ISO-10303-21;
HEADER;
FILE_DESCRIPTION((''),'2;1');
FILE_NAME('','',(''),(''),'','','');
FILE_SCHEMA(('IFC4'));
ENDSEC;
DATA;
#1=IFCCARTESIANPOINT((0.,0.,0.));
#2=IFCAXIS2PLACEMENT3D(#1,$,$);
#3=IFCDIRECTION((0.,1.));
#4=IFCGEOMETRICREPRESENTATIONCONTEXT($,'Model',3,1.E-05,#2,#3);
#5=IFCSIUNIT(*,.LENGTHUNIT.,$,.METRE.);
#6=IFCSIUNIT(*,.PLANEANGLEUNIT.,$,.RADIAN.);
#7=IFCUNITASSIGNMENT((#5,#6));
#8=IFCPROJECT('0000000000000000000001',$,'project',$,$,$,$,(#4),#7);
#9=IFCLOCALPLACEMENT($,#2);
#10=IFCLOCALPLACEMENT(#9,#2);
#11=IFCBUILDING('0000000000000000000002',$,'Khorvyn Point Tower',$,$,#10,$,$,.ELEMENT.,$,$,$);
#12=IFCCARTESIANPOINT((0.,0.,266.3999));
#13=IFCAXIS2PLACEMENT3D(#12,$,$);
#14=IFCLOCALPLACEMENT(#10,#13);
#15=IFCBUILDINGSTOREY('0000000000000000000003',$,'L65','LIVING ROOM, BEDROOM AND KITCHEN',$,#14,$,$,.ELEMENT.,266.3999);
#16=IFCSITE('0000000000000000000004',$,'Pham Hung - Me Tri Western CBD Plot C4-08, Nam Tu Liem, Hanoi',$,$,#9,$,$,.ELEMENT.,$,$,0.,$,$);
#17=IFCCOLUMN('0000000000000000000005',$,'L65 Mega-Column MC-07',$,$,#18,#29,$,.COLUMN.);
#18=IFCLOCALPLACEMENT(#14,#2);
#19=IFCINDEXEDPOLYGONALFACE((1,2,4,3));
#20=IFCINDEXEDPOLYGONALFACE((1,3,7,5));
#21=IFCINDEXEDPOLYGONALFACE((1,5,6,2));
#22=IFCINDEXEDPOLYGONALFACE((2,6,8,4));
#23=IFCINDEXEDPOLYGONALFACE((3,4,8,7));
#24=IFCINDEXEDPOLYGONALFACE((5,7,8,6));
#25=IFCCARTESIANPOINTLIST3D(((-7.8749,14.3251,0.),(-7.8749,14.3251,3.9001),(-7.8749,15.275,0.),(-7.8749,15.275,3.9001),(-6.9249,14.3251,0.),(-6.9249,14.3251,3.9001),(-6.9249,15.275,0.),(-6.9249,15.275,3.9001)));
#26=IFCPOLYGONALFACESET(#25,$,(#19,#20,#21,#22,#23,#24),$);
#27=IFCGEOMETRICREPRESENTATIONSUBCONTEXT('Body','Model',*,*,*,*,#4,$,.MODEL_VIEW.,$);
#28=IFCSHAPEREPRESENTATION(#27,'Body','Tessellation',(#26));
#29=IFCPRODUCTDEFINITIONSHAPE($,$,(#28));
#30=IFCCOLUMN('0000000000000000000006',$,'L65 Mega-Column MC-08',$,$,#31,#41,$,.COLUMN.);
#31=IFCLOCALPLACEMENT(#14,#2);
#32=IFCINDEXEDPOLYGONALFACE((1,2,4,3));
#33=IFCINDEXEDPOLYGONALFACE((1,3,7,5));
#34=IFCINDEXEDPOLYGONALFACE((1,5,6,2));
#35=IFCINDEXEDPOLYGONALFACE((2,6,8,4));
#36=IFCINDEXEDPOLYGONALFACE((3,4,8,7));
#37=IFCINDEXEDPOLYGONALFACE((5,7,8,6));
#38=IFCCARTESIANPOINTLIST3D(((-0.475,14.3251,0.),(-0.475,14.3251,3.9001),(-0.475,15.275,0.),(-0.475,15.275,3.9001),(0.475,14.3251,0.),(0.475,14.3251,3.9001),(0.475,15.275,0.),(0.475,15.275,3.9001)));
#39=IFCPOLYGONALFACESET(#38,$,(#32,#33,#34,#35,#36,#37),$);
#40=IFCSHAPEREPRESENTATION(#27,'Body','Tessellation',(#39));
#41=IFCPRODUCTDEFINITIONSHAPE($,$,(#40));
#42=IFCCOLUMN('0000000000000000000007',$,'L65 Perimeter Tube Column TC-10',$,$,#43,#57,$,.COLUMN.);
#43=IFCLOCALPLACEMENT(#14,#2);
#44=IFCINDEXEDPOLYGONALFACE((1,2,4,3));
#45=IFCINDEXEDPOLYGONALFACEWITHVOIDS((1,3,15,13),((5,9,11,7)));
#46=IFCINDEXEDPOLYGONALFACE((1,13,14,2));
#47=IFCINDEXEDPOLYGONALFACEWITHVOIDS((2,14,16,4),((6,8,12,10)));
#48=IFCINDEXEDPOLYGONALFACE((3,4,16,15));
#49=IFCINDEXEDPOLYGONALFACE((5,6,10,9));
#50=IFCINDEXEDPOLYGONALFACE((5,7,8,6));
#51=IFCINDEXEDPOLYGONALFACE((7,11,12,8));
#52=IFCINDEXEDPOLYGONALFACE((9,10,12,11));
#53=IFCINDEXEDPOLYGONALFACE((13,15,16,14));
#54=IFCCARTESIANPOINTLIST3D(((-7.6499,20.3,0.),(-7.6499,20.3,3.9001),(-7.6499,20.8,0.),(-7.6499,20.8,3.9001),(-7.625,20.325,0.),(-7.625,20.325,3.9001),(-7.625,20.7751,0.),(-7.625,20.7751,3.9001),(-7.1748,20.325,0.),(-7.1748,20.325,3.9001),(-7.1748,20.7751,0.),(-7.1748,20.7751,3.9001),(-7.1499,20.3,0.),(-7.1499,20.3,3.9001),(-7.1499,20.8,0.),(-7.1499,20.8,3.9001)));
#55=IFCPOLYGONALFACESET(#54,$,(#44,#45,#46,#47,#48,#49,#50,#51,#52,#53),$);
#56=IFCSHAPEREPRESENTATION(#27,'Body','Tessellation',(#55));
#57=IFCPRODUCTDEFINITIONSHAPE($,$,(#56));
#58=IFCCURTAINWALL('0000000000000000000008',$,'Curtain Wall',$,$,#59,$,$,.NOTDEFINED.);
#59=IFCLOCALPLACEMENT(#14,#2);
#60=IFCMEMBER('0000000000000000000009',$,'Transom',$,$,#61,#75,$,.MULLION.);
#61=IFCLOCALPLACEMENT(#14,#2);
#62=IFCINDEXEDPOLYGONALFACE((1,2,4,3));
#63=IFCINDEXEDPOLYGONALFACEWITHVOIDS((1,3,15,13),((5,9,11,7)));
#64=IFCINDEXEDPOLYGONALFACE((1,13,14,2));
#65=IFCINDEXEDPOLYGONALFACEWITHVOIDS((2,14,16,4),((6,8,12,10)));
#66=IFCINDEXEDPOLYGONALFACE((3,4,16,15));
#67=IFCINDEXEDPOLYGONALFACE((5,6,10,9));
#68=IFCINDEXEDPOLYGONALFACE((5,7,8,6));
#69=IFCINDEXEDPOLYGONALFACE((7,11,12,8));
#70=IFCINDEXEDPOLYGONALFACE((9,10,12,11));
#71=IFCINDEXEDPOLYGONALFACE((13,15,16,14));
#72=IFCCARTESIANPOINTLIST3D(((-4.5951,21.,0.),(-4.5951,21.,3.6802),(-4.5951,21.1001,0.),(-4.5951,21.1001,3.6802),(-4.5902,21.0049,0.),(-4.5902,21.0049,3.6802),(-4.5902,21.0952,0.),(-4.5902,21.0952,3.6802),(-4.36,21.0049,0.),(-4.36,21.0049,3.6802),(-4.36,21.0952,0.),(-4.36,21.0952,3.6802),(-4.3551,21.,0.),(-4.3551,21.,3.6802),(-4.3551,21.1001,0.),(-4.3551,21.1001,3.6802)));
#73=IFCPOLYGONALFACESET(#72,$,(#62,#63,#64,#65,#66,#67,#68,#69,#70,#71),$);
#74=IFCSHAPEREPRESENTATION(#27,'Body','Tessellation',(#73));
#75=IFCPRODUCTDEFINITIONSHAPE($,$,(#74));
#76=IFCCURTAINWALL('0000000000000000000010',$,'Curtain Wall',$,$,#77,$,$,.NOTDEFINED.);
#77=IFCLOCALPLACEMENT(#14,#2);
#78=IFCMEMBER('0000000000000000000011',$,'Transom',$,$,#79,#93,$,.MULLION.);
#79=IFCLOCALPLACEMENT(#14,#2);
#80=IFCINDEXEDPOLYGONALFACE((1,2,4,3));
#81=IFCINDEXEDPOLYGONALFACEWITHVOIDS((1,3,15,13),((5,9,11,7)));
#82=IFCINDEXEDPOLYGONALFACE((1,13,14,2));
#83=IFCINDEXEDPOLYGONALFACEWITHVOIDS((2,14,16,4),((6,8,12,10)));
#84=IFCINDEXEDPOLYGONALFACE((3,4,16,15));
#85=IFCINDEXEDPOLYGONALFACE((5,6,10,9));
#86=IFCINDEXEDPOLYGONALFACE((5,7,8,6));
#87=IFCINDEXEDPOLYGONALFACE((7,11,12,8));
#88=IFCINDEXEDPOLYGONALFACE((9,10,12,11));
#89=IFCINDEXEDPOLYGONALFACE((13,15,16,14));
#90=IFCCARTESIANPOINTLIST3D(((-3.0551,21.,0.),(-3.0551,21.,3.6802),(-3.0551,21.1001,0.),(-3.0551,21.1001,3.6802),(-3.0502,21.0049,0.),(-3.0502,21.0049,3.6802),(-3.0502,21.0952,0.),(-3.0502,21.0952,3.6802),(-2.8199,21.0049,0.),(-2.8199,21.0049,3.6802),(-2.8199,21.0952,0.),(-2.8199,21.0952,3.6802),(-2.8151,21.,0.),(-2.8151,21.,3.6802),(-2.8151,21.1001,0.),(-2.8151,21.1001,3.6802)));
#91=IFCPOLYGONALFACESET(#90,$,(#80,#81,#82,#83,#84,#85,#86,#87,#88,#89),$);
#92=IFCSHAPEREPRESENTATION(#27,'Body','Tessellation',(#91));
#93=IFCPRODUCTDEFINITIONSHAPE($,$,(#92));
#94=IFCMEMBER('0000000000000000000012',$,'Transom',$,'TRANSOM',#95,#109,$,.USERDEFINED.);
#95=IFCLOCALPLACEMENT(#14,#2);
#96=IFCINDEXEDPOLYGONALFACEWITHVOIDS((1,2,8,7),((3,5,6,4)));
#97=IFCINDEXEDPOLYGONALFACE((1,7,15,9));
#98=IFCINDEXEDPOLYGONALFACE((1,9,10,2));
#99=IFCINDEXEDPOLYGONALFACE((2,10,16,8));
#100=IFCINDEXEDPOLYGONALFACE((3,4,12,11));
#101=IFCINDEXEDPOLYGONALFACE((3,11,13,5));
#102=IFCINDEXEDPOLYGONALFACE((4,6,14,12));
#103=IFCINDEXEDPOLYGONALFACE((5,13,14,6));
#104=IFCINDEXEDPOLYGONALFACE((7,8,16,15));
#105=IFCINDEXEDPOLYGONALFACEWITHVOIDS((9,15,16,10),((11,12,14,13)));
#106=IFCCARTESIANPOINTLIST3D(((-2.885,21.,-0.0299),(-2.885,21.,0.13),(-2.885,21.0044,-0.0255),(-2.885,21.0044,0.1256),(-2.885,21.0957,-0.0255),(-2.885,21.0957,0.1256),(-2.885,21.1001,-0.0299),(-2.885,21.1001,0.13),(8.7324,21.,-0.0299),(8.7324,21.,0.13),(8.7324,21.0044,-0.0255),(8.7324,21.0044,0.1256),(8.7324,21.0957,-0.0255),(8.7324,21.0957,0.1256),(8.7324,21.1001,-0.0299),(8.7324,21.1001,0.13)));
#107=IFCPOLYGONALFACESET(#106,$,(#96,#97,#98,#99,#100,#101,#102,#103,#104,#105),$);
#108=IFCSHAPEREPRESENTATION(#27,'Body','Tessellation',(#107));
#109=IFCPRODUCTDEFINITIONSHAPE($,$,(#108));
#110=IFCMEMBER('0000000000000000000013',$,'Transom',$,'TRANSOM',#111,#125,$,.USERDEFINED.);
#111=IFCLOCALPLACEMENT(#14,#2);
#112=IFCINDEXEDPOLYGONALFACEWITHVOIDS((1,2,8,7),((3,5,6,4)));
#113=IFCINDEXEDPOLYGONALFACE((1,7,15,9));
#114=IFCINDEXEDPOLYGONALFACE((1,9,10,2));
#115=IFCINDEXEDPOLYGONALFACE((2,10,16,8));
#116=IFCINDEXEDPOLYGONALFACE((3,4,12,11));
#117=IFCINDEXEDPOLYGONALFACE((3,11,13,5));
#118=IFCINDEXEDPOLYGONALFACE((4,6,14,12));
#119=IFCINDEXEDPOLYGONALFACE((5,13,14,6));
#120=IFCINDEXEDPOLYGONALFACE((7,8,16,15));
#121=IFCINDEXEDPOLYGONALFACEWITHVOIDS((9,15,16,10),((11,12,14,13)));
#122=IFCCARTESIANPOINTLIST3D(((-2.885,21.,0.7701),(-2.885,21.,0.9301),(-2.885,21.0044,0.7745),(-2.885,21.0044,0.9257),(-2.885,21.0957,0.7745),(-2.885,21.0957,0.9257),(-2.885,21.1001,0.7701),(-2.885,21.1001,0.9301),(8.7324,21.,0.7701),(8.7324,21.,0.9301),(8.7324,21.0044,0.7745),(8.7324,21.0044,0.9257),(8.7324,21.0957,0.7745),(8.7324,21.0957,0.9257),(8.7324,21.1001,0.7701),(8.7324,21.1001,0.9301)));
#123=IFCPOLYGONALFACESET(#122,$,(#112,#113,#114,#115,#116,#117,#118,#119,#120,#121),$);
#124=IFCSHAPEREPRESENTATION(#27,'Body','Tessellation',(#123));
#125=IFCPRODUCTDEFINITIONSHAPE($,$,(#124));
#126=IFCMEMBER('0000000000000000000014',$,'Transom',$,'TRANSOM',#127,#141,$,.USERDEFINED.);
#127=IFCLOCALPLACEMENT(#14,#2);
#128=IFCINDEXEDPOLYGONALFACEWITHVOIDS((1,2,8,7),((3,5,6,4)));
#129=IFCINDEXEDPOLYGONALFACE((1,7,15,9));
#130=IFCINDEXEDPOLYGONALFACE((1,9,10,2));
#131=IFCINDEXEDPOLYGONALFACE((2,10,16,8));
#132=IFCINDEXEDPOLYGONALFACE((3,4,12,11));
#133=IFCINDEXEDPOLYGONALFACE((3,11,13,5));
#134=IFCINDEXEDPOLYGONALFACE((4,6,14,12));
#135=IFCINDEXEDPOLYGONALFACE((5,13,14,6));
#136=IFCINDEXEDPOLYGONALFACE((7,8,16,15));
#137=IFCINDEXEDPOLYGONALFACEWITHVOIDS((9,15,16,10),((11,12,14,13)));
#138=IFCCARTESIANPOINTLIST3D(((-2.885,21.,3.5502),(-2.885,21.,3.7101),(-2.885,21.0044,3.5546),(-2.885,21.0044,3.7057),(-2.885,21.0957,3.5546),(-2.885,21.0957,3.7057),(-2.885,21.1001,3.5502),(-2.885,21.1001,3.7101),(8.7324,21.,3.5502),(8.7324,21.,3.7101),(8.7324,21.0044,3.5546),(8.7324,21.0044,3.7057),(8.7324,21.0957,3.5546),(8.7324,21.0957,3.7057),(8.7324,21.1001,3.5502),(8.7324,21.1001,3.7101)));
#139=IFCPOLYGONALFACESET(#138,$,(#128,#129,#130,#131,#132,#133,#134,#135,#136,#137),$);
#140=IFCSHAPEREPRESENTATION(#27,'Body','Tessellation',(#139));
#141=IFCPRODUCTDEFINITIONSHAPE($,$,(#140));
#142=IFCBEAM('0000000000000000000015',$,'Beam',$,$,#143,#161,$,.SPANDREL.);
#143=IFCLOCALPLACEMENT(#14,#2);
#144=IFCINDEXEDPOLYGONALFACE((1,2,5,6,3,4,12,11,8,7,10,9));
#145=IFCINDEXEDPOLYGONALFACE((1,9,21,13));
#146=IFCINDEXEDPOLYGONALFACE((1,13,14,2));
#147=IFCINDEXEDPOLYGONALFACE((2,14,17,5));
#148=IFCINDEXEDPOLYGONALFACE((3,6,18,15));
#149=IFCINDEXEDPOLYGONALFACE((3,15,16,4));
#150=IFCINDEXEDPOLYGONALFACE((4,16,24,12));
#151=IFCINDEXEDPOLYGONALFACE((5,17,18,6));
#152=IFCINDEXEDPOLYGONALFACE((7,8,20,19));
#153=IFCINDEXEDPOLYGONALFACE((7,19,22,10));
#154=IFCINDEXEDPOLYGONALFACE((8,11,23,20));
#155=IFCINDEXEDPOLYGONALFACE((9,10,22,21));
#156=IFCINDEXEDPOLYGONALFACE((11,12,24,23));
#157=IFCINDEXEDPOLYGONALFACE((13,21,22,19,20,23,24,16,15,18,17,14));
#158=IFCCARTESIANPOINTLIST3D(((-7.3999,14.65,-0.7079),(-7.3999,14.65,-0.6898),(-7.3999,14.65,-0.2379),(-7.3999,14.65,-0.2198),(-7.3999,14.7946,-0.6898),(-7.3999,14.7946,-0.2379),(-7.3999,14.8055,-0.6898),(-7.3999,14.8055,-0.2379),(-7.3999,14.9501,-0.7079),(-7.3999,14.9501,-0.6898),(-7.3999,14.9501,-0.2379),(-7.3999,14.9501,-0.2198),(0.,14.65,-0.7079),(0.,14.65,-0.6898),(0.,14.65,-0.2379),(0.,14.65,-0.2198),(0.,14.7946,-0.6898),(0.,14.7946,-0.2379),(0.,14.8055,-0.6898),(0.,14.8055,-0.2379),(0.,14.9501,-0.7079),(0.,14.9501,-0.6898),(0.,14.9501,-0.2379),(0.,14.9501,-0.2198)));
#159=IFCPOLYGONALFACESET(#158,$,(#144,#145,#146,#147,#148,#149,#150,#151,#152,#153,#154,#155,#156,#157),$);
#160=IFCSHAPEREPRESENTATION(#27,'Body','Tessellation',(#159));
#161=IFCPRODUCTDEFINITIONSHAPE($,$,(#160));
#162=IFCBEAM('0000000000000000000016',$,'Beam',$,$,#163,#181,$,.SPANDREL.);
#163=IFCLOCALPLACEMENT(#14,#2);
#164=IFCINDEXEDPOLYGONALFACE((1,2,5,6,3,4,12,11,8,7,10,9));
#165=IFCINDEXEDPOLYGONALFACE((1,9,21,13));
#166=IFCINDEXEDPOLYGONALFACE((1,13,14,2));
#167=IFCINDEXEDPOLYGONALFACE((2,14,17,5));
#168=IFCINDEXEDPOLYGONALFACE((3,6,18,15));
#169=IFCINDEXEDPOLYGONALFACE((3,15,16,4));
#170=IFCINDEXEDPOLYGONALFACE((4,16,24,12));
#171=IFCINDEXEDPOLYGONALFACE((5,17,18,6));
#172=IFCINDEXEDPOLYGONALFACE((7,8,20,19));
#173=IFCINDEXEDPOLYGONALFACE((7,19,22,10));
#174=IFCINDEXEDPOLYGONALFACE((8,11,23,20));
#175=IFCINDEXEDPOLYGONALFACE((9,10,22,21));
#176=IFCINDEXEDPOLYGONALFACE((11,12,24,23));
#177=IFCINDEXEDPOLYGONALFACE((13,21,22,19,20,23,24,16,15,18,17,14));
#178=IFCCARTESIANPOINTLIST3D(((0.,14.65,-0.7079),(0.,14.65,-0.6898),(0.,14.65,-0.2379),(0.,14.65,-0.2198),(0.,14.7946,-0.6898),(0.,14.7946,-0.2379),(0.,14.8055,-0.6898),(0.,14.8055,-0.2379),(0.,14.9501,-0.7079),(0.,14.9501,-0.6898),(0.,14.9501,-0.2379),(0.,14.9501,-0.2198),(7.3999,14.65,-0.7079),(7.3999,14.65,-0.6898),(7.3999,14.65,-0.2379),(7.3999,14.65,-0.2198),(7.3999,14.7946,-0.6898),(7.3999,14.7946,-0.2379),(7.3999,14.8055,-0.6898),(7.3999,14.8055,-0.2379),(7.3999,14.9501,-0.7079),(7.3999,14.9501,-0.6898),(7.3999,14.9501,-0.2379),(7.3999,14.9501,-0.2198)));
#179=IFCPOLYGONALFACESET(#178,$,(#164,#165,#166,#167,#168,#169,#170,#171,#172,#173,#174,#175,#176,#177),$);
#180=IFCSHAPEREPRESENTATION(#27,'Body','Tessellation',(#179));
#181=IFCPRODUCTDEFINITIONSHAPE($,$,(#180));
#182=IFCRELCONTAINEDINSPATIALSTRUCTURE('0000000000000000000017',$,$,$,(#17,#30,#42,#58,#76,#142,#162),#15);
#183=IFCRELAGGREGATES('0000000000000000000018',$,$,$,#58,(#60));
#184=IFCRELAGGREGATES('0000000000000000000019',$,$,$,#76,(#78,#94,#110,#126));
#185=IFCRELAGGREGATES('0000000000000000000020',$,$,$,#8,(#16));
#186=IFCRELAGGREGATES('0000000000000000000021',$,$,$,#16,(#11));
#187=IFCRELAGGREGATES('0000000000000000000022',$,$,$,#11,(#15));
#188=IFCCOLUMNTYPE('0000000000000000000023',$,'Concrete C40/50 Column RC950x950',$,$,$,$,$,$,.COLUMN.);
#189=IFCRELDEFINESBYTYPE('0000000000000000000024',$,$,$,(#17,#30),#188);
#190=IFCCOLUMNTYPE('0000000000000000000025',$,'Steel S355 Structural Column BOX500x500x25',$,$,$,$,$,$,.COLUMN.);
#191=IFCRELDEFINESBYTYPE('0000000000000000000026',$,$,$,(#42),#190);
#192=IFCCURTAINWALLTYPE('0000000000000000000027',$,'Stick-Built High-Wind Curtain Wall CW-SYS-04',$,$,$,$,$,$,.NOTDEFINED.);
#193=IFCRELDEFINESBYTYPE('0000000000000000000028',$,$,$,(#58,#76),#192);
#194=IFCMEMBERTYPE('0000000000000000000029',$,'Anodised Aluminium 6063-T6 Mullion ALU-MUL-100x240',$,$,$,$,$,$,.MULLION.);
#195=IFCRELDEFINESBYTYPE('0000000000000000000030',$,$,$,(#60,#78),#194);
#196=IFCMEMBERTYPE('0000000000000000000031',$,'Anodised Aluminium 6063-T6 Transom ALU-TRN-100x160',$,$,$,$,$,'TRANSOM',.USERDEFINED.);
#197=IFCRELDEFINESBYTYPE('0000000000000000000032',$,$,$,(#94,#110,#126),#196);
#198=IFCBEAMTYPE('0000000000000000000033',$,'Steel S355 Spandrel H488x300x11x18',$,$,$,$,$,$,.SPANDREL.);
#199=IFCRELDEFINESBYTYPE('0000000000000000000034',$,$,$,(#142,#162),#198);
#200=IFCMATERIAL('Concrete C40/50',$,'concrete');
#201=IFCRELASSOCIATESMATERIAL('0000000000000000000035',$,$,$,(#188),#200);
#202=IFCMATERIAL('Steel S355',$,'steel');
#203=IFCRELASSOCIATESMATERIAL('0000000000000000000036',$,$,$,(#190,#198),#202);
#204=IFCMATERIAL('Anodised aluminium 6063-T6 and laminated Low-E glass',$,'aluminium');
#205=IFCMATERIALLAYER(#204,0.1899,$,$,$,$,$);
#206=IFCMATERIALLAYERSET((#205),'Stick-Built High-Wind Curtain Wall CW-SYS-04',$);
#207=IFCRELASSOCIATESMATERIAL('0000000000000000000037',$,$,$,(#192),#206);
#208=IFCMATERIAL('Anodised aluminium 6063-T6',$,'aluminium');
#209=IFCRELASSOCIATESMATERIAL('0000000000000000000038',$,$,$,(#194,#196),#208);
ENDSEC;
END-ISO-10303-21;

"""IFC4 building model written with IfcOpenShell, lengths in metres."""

from ifc_helpers import new_model, si_unit, direction, frame, origin, origin_2d, place, context, subcontext, project, spatial, rectangle, hollow_rectangle, i_section, extrude, material, layer, layer_set, material_profile, profile_set, type_object, element, aggregate, save


model = new_model("IFC4")

# Units and contexts
model_context = context("Model", 3, precision=1e-05, world=origin(), true_north=direction((0.0, 1.0)))
body_context = subcontext(model_context, "Body", "Model", "MODEL_VIEW")
ifc_project = project(units=[si_unit("LENGTHUNIT", "METRE"), si_unit("PLANEANGLEUNIT", "RADIAN")], contexts=[model_context])

# Site, building, storey
site_placement = place(None, origin())
site = spatial("IfcSite", under=ifc_project, at=site_placement, Name="Pham Hung - Me Tri Western CBD Plot C4-08, Nam Tu Liem, Hanoi", CompositionType="ELEMENT", RefElevation=0.0)
building_placement = place(site_placement, origin())
building = spatial("IfcBuilding", under=site, at=building_placement, Name="Khorvyn Point Tower", CompositionType="ELEMENT")
storey_placement = place(building_placement, frame((0.0, 0.0, 266.3999)))
storey = spatial("IfcBuildingStorey", under=building, at=storey_placement, Name="L65", Description="LIVING ROOM, BEDROOM AND KITCHEN", CompositionType="ELEMENT", Elevation=266.3999)

# Columns
ifc_material_1 = material(Name="Concrete C40/50", Category="concrete")
ifc_material_profile_1 = material_profile(ifc_material_1, rectangle(XDim=0.95, YDim=0.95, at=origin_2d()))
ifc_profile_set_1 = profile_set([ifc_material_profile_1], Name="Concrete C40/50 RC950x950")
column_type_1 = type_object("IfcColumnType", Name="Concrete C40/50 Column RC950x950", PredefinedType="COLUMN", material=ifc_profile_set_1)
for number, where, z_axis, x_axis, name in (
    (1, (-7.3999, 14.8, 0.0), (0.0, 0.0, 1.0), (1.0, 0.0, 0.0), "L65 Mega-Column MC-07"),
    (2, (0.0, 14.8, 0.0), (0.0, 0.0, 1.0), (1.0, 0.0, 0.0), "L65 Mega-Column MC-08"),
):
    element("IfcColumn", number, at=place(storey_placement, frame(where, z_axis=z_axis, x_axis=x_axis)), inside=storey, type_object=column_type_1, Name=name, PredefinedType="COLUMN", context=body_context, shape_type="SweptSolid", body=[
        extrude(rectangle(XDim=0.95, YDim=0.95, at=origin_2d()), origin(), (0.0, 0.0, 1.0), 3.9001),
    ])
ifc_material_2 = material(Name="Steel S355", Category="steel")
ifc_material_profile_2 = material_profile(ifc_material_2, hollow_rectangle(XDim=0.5, YDim=0.5, WallThickness=0.0249, at=origin_2d()))
ifc_profile_set_2 = profile_set([ifc_material_profile_2], Name="Steel S355 BOX500x500x25")
column_type_2 = type_object("IfcColumnType", Name="Steel S355 Structural Column BOX500x500x25", PredefinedType="COLUMN", material=ifc_profile_set_2)
column_placement = place(storey_placement, frame((-7.3999, 20.55, 0.0), z_axis=(0.0, 0.0, 1.0), x_axis=(1.0, 0.0, 0.0)))
element("IfcColumn", 3, at=column_placement, inside=storey, type_object=column_type_2, Name="L65 Perimeter Tube Column TC-10", PredefinedType="COLUMN", context=body_context, shape_type="SweptSolid", body=[
    extrude(hollow_rectangle(XDim=0.5, YDim=0.5, WallThickness=0.0249, at=origin_2d()), origin(), (0.0, 0.0, 1.0), 3.9001),
])

# Curtain wall, member
ifc_material_3 = material(Name="Anodised aluminium 6063-T6 and laminated Low-E glass", Category="aluminium")
ifc_layer_1 = layer(ifc_material_3, 0.1899)
ifc_layer_set_1 = layer_set([ifc_layer_1], Name="Stick-Built High-Wind Curtain Wall CW-SYS-04")
curtain_wall_type = type_object("IfcCurtainWallType", Name="Stick-Built High-Wind Curtain Wall CW-SYS-04", PredefinedType="NOTDEFINED", material=ifc_layer_set_1)
curtain_wall_1_placement = place(storey_placement, origin())
curtain_wall_1 = element("IfcCurtainWall", 4, at=curtain_wall_1_placement, inside=storey, type_object=curtain_wall_type, Name="Curtain Wall", PredefinedType="NOTDEFINED")
ifc_material_4 = material(Name="Anodised aluminium 6063-T6", Category="aluminium")
ifc_material_profile_3 = material_profile(ifc_material_4, hollow_rectangle(XDim=0.1001, YDim=0.24, WallThickness=0.0049, at=origin_2d()))
ifc_profile_set_3 = profile_set([ifc_material_profile_3], Name="Anodised aluminium 6063-T6 ALU-MUL-100x240")
member_type_1 = type_object("IfcMemberType", Name="Anodised Aluminium 6063-T6 Mullion ALU-MUL-100x240", PredefinedType="MULLION", material=ifc_profile_set_3)
member_1_placement = place(storey_placement, frame((-4.4751, 21.05, 0.0), z_axis=(0.0, 0.0, 1.0), x_axis=(0.0, 1.0, 0.0)))
member_1 = element("IfcMember", 5, at=member_1_placement, type_object=member_type_1, Name="Transom", PredefinedType="MULLION", context=body_context, shape_type="SweptSolid", body=[
    extrude(hollow_rectangle(XDim=0.1001, YDim=0.24, WallThickness=0.0049, at=origin_2d()), origin(), (0.0, 0.0, 1.0), 3.6802),
])

# Curtain wall, members
curtain_wall_2_placement = place(storey_placement, origin())
curtain_wall_2 = element("IfcCurtainWall", 6, at=curtain_wall_2_placement, inside=storey, type_object=curtain_wall_type, Name="Curtain Wall", PredefinedType="NOTDEFINED")
member_2_placement = place(storey_placement, frame((-2.9351, 21.05, 0.0), z_axis=(0.0, 0.0, 1.0), x_axis=(0.0, 1.0, 0.0)))
member_2 = element("IfcMember", 7, at=member_2_placement, type_object=member_type_1, Name="Transom", PredefinedType="MULLION", context=body_context, shape_type="SweptSolid", body=[
    extrude(hollow_rectangle(XDim=0.1001, YDim=0.24, WallThickness=0.0049, at=origin_2d()), origin(), (0.0, 0.0, 1.0), 3.6802),
])
ifc_material_profile_4 = material_profile(ifc_material_4, hollow_rectangle(XDim=0.1001, YDim=0.1599, WallThickness=0.0044, at=origin_2d()))
ifc_profile_set_4 = profile_set([ifc_material_profile_4], Name="Anodised aluminium 6063-T6 ALU-TRN-100x160")
member_type_2 = type_object("IfcMemberType", Name="Anodised Aluminium 6063-T6 Transom ALU-TRN-100x160", ElementType="TRANSOM", PredefinedType="USERDEFINED", material=ifc_profile_set_4)
member_3_placement = place(storey_placement, frame((-2.885, 21.05, 0.05), z_axis=(1.0, 0.0, 0.0), x_axis=(0.0, 1.0, 0.0)))
member_3 = element("IfcMember", 8, at=member_3_placement, type_object=member_type_2, Name="Transom", ObjectType="TRANSOM", PredefinedType="USERDEFINED", context=body_context, shape_type="SweptSolid", body=[
    extrude(hollow_rectangle(XDim=0.1001, YDim=0.1599, WallThickness=0.0044, at=origin_2d()), origin(), (0.0, 0.0, 1.0), 11.6174),
])
member_4_placement = place(storey_placement, frame((-2.885, 21.05, 0.8501), z_axis=(1.0, 0.0, 0.0), x_axis=(0.0, 1.0, 0.0)))
member_4 = element("IfcMember", 9, at=member_4_placement, type_object=member_type_2, Name="Transom", ObjectType="TRANSOM", PredefinedType="USERDEFINED", context=body_context, shape_type="SweptSolid", body=[
    extrude(hollow_rectangle(XDim=0.1001, YDim=0.1599, WallThickness=0.0044, at=origin_2d()), origin(), (0.0, 0.0, 1.0), 11.6174),
])
member_5_placement = place(storey_placement, frame((-2.885, 21.05, 3.6301), z_axis=(1.0, 0.0, 0.0), x_axis=(0.0, 1.0, 0.0)))
member_5 = element("IfcMember", 10, at=member_5_placement, type_object=member_type_2, Name="Transom", ObjectType="TRANSOM", PredefinedType="USERDEFINED", context=body_context, shape_type="SweptSolid", body=[
    extrude(hollow_rectangle(XDim=0.1001, YDim=0.1599, WallThickness=0.0044, at=origin_2d()), origin(), (0.0, 0.0, 1.0), 11.6174),
])

# Beams
ifc_material_profile_5 = material_profile(ifc_material_2, i_section(OverallWidth=0.3, OverallDepth=0.488, WebThickness=0.011, FlangeThickness=0.0181, at=origin_2d()))
ifc_profile_set_5 = profile_set([ifc_material_profile_5], Name="Steel S355 H488x300x11x18")
beam_type_1 = type_object("IfcBeamType", Name="Steel S355 Spandrel H488x300x11x18", PredefinedType="SPANDREL", material=ifc_profile_set_5)
for number, where, z_axis, x_axis, name in (
    (11, (-7.3999, 14.8, -0.4639), (1.0, 0.0, 0.0), (0.0, 1.0, 0.0), "Beam"),
    (12, (0.0, 14.8, -0.4639), (1.0, 0.0, 0.0), (0.0, 1.0, 0.0), "Beam"),
):
    element("IfcBeam", number, at=place(storey_placement, frame(where, z_axis=z_axis, x_axis=x_axis)), inside=storey, type_object=beam_type_1, Name=name, PredefinedType="SPANDREL", context=body_context, shape_type="SweptSolid", body=[
        extrude(i_section(OverallWidth=0.3, OverallDepth=0.488, WebThickness=0.011, FlangeThickness=0.0181, at=origin_2d()), origin(), (0.0, 0.0, 1.0), 7.3999),
    ])

aggregate(curtain_wall_1, [member_1])
aggregate(curtain_wall_2, [member_2, member_3, member_4, member_5])

save(model, "model.ifc")
